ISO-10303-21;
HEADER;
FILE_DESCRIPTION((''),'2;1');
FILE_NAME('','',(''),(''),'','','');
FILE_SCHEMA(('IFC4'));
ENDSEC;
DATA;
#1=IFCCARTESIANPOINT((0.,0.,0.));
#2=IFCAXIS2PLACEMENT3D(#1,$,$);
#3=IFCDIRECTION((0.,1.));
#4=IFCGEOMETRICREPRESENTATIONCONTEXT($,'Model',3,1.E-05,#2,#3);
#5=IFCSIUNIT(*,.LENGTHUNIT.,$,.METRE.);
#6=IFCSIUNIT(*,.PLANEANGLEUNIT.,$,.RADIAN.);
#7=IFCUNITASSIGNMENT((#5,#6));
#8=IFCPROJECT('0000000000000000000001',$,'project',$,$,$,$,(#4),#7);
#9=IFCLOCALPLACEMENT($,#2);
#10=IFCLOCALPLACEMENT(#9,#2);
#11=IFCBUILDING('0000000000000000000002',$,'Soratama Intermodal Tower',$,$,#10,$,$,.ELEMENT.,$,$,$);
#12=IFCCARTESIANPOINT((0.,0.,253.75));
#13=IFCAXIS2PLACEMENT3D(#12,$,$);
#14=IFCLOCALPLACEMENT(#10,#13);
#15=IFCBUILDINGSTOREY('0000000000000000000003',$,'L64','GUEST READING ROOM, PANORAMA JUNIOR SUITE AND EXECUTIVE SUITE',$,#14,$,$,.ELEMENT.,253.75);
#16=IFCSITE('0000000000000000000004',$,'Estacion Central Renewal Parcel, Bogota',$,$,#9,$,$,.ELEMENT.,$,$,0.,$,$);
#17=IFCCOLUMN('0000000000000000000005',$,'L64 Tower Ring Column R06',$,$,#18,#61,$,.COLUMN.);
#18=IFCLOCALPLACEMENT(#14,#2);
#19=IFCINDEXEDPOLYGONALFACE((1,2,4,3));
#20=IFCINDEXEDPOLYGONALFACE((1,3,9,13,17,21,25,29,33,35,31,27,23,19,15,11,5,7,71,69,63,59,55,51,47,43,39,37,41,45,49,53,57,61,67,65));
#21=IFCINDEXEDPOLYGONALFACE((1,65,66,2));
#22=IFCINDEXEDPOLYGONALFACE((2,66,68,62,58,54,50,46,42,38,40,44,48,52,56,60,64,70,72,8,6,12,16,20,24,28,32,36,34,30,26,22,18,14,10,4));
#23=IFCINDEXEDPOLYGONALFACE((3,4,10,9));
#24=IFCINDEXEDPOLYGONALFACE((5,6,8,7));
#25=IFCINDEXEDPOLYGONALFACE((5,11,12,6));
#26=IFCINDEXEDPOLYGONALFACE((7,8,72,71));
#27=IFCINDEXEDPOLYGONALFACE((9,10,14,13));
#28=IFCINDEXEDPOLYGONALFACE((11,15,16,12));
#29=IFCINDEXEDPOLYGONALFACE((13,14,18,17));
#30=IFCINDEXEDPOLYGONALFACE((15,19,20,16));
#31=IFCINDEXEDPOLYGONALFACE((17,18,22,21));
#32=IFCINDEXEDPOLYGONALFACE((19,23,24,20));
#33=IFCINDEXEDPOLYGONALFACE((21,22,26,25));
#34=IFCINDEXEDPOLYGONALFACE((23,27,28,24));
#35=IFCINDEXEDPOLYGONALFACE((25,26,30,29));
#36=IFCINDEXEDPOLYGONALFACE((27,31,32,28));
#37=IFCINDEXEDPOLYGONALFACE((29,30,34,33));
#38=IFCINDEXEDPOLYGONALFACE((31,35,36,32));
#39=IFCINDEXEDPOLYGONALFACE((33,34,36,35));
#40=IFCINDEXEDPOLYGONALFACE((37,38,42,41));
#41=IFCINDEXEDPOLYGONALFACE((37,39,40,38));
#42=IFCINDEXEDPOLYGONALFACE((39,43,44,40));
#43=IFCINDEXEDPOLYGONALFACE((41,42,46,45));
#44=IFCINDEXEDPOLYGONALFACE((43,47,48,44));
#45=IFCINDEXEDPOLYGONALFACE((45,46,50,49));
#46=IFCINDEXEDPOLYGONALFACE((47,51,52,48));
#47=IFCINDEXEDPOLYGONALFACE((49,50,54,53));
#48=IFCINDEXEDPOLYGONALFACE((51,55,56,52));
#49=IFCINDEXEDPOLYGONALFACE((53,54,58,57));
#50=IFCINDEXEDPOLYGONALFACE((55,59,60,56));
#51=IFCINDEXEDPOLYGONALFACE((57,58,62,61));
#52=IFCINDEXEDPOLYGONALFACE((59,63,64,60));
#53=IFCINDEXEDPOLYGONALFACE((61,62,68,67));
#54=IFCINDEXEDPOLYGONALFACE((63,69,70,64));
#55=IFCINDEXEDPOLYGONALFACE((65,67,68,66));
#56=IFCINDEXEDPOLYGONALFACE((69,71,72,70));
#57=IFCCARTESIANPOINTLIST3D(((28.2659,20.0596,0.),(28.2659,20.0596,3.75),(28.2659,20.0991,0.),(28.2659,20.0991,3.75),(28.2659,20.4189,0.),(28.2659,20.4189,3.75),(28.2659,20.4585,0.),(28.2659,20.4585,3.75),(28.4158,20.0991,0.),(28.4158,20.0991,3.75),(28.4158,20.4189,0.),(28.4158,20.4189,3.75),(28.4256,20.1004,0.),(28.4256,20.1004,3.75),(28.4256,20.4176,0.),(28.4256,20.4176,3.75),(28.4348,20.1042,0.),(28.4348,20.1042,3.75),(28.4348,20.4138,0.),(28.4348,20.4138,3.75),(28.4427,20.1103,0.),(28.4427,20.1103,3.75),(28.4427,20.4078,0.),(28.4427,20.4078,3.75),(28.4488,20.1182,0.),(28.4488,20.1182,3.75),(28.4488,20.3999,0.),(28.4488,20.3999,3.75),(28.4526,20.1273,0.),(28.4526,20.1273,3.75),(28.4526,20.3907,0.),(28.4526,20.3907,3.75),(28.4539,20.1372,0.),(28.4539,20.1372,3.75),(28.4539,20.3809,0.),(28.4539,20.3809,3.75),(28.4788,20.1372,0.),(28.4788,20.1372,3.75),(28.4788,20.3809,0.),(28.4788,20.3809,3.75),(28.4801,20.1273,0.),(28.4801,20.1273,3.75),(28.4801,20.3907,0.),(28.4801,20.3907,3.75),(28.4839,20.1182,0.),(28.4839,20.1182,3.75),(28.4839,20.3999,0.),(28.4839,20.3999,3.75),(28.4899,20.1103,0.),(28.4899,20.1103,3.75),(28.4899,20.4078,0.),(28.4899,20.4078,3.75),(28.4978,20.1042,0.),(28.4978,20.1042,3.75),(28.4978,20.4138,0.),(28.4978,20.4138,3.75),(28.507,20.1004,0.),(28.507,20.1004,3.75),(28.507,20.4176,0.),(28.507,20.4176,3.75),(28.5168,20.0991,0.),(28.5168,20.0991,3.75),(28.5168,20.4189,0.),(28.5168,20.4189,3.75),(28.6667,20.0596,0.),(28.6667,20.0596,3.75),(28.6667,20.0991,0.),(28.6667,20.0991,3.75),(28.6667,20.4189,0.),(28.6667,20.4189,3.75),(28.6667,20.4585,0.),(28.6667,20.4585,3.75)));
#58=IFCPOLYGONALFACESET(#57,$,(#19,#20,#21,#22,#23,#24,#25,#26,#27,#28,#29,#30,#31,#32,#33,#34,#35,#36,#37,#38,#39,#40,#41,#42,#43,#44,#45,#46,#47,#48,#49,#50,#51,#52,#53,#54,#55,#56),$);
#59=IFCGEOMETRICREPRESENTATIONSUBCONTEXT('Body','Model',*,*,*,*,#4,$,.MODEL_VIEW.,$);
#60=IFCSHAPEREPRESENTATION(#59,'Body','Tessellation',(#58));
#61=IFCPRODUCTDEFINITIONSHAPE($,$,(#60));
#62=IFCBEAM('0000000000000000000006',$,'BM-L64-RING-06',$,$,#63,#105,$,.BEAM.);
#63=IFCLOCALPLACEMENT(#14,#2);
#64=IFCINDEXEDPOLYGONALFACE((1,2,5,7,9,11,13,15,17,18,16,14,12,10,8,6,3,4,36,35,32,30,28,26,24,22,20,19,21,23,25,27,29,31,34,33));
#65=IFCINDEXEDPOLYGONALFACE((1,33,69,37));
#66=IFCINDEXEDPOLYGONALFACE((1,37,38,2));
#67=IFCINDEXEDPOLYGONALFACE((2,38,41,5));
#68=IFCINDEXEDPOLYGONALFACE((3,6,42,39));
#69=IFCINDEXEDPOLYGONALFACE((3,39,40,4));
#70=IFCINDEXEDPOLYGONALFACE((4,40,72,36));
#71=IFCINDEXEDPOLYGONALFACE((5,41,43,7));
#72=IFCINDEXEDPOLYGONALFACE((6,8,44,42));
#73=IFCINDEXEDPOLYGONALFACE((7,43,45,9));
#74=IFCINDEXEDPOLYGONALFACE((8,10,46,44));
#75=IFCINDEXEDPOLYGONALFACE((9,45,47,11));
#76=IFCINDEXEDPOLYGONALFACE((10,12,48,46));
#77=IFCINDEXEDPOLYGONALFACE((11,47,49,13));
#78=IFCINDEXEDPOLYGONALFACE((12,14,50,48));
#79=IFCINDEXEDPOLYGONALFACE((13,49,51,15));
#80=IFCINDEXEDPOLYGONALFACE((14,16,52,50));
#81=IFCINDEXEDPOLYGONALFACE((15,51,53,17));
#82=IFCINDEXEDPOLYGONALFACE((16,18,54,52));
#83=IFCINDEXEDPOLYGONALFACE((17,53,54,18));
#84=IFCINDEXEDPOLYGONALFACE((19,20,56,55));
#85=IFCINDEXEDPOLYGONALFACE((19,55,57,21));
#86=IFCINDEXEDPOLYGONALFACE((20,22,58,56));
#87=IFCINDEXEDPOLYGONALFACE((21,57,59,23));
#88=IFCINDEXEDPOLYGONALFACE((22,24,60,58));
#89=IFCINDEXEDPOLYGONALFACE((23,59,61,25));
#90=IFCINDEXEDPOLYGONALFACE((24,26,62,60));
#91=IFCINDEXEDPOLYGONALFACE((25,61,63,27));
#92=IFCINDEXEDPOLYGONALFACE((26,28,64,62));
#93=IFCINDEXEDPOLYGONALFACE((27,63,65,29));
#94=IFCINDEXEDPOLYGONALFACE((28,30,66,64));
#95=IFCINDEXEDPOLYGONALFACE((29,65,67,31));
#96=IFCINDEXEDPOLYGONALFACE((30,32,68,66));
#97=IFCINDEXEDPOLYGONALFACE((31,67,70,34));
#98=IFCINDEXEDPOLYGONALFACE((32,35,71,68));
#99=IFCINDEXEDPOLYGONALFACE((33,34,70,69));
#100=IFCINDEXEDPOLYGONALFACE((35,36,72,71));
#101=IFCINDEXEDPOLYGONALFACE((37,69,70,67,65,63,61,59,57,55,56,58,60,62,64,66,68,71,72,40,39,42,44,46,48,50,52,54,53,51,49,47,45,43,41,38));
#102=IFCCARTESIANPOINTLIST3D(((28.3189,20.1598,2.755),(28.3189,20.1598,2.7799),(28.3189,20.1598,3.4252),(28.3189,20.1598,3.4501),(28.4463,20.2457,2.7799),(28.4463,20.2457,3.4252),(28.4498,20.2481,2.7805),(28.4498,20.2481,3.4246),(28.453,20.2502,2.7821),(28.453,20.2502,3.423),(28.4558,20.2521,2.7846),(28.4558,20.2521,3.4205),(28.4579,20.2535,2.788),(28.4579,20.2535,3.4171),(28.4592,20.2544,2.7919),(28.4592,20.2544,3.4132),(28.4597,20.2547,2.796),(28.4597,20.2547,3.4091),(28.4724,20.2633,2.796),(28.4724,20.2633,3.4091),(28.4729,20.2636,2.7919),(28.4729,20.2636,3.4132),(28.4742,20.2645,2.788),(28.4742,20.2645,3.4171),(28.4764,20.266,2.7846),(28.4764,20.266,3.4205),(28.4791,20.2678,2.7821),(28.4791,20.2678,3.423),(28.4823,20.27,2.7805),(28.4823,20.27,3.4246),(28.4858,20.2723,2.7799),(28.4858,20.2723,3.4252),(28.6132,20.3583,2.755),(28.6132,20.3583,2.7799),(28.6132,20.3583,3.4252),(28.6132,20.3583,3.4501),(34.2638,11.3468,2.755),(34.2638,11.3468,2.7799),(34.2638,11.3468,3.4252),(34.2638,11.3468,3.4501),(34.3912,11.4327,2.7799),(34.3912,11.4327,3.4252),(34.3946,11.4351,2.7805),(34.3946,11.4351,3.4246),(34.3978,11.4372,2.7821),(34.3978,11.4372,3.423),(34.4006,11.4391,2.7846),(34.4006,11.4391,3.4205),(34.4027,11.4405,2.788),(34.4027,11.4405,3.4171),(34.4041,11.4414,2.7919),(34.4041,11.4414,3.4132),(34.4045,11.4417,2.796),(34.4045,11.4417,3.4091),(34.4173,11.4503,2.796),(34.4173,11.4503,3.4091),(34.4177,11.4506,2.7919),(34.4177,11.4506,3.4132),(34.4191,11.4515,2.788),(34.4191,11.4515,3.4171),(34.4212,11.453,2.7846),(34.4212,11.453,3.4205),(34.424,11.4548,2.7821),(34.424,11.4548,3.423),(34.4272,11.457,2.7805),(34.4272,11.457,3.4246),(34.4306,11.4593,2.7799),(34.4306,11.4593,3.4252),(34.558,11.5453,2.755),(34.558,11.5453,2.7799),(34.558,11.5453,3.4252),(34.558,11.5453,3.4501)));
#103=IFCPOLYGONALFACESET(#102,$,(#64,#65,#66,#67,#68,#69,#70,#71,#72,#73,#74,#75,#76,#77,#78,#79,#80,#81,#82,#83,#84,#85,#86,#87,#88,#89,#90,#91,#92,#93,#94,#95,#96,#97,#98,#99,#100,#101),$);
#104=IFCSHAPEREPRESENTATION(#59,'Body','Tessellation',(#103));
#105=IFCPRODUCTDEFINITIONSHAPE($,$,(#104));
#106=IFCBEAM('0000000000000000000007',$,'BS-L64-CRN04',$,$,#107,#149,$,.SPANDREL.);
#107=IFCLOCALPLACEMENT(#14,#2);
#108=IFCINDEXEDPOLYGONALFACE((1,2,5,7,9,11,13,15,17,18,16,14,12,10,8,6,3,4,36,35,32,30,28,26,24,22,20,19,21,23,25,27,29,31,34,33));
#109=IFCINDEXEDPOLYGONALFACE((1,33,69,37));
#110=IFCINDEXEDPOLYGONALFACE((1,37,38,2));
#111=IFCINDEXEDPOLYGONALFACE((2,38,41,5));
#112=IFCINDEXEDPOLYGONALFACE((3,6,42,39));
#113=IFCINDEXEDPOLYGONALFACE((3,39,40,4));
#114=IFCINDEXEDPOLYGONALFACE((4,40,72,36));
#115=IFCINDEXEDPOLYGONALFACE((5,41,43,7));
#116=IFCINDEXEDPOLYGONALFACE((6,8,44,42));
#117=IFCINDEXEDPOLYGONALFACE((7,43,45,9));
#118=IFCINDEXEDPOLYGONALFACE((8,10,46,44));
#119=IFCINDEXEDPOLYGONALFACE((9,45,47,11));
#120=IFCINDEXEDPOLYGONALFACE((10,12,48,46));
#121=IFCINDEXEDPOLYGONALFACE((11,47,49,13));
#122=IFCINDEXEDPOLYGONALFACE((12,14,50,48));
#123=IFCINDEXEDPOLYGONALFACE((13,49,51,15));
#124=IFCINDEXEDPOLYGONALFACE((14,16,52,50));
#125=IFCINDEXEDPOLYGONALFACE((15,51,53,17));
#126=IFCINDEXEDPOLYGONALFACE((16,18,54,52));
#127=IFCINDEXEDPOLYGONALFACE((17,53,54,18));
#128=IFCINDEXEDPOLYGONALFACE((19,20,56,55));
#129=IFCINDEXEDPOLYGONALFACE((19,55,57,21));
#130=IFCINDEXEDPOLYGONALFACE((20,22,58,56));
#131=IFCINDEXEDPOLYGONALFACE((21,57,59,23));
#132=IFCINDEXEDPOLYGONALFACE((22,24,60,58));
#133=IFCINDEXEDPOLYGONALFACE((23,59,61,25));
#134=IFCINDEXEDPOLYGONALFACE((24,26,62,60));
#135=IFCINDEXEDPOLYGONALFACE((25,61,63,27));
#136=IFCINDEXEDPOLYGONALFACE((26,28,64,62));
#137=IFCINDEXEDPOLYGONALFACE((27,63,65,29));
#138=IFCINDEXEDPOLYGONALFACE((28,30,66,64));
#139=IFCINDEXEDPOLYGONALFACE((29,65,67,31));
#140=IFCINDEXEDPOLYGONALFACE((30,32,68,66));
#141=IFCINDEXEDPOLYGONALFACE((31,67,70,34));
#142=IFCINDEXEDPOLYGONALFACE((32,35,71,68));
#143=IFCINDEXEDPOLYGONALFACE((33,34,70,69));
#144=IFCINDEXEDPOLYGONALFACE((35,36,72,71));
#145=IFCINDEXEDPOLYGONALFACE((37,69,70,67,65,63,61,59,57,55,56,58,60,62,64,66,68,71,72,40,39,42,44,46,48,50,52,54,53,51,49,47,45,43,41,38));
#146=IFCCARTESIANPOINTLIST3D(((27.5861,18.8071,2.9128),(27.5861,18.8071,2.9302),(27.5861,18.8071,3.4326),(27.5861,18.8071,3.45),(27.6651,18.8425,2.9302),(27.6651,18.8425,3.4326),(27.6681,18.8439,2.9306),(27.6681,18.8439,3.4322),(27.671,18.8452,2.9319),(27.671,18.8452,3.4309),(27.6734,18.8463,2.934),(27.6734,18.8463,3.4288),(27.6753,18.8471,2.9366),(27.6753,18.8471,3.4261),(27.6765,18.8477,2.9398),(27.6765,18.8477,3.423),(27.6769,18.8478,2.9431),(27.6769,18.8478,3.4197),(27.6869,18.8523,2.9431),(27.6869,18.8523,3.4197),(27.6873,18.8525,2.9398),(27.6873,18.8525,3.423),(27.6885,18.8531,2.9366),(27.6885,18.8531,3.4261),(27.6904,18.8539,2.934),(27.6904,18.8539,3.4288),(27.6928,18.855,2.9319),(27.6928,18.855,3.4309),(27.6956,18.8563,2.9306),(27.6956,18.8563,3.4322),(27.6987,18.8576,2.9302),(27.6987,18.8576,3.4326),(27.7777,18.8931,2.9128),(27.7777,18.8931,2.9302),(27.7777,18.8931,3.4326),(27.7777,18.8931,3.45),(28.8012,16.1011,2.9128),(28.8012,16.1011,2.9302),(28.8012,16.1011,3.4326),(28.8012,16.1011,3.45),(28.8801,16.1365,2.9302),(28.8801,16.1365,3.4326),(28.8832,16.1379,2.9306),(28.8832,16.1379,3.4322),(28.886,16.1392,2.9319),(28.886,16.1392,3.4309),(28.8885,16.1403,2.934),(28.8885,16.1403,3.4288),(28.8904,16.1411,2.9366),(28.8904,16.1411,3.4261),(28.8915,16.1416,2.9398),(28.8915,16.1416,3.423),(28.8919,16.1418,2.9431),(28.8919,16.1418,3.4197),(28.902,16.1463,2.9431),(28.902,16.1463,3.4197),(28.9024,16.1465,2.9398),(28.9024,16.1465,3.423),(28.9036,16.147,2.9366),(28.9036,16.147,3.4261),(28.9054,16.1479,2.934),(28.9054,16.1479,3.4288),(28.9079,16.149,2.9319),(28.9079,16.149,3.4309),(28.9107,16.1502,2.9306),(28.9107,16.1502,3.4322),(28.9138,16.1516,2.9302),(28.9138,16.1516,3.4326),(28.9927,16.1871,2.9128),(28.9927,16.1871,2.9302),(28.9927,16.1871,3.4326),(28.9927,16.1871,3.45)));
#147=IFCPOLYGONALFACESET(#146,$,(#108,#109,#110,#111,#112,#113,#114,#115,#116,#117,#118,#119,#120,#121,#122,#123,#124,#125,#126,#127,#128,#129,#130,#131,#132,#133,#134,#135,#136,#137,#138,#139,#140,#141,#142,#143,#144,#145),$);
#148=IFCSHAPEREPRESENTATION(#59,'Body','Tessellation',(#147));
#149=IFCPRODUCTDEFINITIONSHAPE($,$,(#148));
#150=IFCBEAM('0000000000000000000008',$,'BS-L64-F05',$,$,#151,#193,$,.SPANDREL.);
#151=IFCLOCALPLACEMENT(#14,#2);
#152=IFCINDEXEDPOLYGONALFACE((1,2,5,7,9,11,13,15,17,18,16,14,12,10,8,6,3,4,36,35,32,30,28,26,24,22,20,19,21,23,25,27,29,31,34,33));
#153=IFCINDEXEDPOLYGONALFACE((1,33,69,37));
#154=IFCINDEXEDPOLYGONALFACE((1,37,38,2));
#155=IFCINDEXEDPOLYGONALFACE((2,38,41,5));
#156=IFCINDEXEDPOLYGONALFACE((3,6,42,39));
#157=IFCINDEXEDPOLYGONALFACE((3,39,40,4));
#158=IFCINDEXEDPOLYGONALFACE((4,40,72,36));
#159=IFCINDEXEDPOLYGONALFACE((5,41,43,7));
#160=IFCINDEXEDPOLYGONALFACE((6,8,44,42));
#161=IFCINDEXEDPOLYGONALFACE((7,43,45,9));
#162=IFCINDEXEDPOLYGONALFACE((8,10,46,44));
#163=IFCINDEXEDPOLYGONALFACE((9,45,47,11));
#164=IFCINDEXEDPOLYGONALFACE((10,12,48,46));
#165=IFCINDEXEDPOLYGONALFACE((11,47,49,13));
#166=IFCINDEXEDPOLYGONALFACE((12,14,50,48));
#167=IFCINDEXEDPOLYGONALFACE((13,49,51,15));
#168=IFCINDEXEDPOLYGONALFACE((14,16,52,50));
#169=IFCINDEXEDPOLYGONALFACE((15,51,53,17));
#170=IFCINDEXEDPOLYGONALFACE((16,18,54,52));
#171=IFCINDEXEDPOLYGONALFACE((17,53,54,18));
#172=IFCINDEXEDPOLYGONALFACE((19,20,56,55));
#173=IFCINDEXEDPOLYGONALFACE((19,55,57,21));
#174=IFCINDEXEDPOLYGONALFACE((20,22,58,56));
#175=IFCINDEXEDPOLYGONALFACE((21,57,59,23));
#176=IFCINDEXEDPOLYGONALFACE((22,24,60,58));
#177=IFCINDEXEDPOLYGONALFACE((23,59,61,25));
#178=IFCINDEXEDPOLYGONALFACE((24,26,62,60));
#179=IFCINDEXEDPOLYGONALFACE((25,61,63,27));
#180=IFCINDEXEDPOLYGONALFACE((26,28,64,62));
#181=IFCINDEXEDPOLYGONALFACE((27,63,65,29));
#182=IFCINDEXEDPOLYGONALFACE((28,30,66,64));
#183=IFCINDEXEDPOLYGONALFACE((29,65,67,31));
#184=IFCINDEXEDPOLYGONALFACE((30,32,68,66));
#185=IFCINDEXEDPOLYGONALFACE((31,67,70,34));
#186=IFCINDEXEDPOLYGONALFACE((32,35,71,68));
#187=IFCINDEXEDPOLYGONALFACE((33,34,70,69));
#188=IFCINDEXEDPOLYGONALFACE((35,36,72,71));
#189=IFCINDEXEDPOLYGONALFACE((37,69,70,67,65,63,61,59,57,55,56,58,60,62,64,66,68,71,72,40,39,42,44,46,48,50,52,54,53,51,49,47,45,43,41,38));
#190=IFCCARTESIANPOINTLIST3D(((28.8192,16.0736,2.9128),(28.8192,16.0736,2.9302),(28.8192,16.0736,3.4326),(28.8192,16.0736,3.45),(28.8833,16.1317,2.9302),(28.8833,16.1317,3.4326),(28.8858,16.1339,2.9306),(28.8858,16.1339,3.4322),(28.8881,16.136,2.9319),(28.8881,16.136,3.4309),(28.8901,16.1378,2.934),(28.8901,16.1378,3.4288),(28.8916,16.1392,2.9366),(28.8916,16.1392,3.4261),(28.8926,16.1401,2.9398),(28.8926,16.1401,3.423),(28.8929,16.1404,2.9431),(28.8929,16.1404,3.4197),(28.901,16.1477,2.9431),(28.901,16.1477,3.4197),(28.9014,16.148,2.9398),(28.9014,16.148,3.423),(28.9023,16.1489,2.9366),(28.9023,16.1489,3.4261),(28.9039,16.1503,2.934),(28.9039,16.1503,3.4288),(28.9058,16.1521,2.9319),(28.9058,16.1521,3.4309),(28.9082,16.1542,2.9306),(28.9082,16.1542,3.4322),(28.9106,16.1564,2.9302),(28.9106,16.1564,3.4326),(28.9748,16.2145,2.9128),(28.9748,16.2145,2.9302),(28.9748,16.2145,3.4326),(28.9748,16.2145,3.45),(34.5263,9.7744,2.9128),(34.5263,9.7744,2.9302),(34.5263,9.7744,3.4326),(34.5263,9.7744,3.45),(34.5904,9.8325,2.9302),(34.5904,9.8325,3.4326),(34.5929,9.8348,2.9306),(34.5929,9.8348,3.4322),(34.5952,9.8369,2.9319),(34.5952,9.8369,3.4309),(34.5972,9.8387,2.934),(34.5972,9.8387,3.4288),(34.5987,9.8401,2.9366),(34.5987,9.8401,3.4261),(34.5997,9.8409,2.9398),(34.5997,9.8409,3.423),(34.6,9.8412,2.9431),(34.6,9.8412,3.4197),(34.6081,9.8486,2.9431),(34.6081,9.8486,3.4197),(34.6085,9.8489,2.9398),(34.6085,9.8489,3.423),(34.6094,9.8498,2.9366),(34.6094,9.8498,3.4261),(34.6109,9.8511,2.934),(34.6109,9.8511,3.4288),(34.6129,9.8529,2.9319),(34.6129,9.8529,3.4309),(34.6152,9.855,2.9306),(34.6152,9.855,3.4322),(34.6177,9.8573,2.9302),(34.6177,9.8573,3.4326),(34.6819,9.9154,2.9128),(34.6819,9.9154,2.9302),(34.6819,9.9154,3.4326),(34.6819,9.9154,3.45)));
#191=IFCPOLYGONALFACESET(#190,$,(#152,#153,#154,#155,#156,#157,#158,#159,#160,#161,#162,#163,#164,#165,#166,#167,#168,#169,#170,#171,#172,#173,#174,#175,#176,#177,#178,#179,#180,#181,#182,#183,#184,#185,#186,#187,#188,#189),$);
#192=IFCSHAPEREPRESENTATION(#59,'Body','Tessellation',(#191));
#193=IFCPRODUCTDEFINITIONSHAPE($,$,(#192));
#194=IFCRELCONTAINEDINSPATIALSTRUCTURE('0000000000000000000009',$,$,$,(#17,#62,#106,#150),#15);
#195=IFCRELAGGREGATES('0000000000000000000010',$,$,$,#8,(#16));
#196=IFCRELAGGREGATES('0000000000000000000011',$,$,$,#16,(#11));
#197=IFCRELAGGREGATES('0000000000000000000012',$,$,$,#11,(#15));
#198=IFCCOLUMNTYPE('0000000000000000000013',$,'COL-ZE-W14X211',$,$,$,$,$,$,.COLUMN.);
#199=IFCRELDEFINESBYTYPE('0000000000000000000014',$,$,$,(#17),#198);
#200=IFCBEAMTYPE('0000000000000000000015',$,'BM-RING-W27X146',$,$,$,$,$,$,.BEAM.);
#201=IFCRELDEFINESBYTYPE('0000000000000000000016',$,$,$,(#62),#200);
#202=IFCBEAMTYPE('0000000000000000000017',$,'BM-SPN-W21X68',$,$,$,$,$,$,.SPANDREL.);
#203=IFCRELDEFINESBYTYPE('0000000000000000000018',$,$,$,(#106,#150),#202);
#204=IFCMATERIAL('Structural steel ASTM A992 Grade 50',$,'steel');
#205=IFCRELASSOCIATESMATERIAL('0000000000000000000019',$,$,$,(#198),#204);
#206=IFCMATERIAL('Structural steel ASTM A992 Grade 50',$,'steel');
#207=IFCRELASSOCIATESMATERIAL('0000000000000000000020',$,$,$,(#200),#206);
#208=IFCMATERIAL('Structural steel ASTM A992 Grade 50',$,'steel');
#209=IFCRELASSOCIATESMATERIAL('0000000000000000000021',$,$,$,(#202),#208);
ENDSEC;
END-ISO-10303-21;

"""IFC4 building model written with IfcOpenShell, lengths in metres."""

from ifc_helpers import new_model, si_unit, direction, frame, origin, origin_2d, place, context, subcontext, project, spatial, i_section, extrude, material, material_profile, profile_set, type_object, element, save


model = new_model("IFC4")

# Units and contexts
model_context = context("Model", 3, precision=1e-05, world=origin(), true_north=direction((0.0, 1.0)))
body_context = subcontext(model_context, "Body", "Model", "MODEL_VIEW")
ifc_project = project(units=[si_unit("LENGTHUNIT", "METRE"), si_unit("PLANEANGLEUNIT", "RADIAN")], contexts=[model_context])

# Site, building, storey
site_placement = place(None, origin())
site = spatial("IfcSite", under=ifc_project, at=site_placement, Name="Estacion Central Renewal Parcel, Bogota", CompositionType="ELEMENT", RefElevation=0.0)
building_placement = place(site_placement, origin())
building = spatial("IfcBuilding", under=site, at=building_placement, Name="Soratama Intermodal Tower", CompositionType="ELEMENT")
storey_placement = place(building_placement, frame((0.0, 0.0, 253.75)))
storey = spatial("IfcBuildingStorey", under=building, at=storey_placement, Name="L64", Description="GUEST READING ROOM, PANORAMA JUNIOR SUITE AND EXECUTIVE SUITE", CompositionType="ELEMENT", Elevation=253.75)

# Column
ifc_material_1 = material(Name="Structural steel ASTM A992 Grade 50", Category="steel")
ifc_material_profile_1 = material_profile(ifc_material_1, i_section(OverallWidth=0.4009, OverallDepth=0.3989, WebThickness=0.0249, FlangeThickness=0.0396, FilletRadius=0.0381, at=origin_2d()), Name="W14X211")
ifc_profile_set_1 = profile_set([ifc_material_profile_1], Name="Structural steel ASTM A992 Grade 50")
column_type = type_object("IfcColumnType", Name="COL-ZE-W14X211", PredefinedType="COLUMN", material=ifc_profile_set_1)
column_placement = place(storey_placement, frame((28.4663, 20.259, 0.0), z_axis=(0.0, 0.0, 1.0), x_axis=(1.0, 0.0, 0.0)))
element("IfcColumn", 1, at=column_placement, inside=storey, type_object=column_type, Name="L64 Tower Ring Column R06", PredefinedType="COLUMN", context=body_context, shape_type="SweptSolid", body=[
    extrude(i_section(OverallWidth=0.4009, OverallDepth=0.3989, WebThickness=0.0249, FlangeThickness=0.0396, FilletRadius=0.0381, at=origin_2d()), origin(), (0.0, 0.0, 1.0), 3.75),
])

# Beams
ifc_material_2 = material(Name="Structural steel ASTM A992 Grade 50", Category="steel")
ifc_material_profile_2 = material_profile(ifc_material_2, i_section(OverallWidth=0.355, OverallDepth=0.6951, WebThickness=0.0154, FlangeThickness=0.0249, FilletRadius=0.0161, at=origin_2d()), Name="W27X146")
ifc_profile_set_2 = profile_set([ifc_material_profile_2], Name="Structural steel ASTM A992 Grade 50")
beam_type_1 = type_object("IfcBeamType", Name="BM-RING-W27X146", PredefinedType="BEAM", material=ifc_profile_set_2)
beam_1_placement = place(storey_placement, frame((28.4661, 20.259, 3.1025), z_axis=(0.559218, -0.829021, 0.0), x_axis=(0.829021, 0.559218, 0.0)))
element("IfcBeam", 2, at=beam_1_placement, inside=storey, type_object=beam_type_1, Name="BM-L64-RING-06", PredefinedType="BEAM", context=body_context, shape_type="SweptSolid", body=[
    extrude(i_section(OverallWidth=0.355, OverallDepth=0.6951, WebThickness=0.0154, FlangeThickness=0.0249, FilletRadius=0.0161, at=origin_2d()), origin(), (0.0, 0.0, 1.0), 10.6306),
])
ifc_material_3 = material(Name="Structural steel ASTM A992 Grade 50", Category="steel")
ifc_material_profile_3 = material_profile(ifc_material_3, i_section(OverallWidth=0.21, OverallDepth=0.5371, WebThickness=0.011, FlangeThickness=0.0173, FilletRadius=0.0129, at=origin_2d()), Name="W21X68")
ifc_profile_set_3 = profile_set([ifc_material_profile_3], Name="Structural steel ASTM A992 Grade 50")
beam_type_2 = type_object("IfcBeamType", Name="BM-SPN-W21X68", PredefinedType="SPANDREL", material=ifc_profile_set_3)
beam_2_placement = place(storey_placement, frame((27.6819, 18.8501, 3.1814), z_axis=(0.409625, -0.912254, 0.0), x_axis=(0.912254, 0.409625, 0.0)))
element("IfcBeam", 3, at=beam_2_placement, inside=storey, type_object=beam_type_2, Name="BS-L64-CRN04", PredefinedType="SPANDREL", context=body_context, shape_type="SweptSolid", body=[
    extrude(i_section(OverallWidth=0.21, OverallDepth=0.5371, WebThickness=0.011, FlangeThickness=0.0173, FilletRadius=0.0129, at=origin_2d()), origin(), (0.0, 0.0, 1.0), 2.9663),
])
beam_3_placement = place(storey_placement, frame((28.897, 16.144, 3.1814), z_axis=(0.671422, -0.741075, 0.0), x_axis=(0.741075, 0.671422, 0.0)))
element("IfcBeam", 4, at=beam_3_placement, inside=storey, type_object=beam_type_2, Name="BS-L64-F05", PredefinedType="SPANDREL", context=body_context, shape_type="SweptSolid", body=[
    extrude(i_section(OverallWidth=0.21, OverallDepth=0.5371, WebThickness=0.011, FlangeThickness=0.0173, FilletRadius=0.0129, at=origin_2d()), origin(), (0.0, 0.0, 1.0), 8.5),
])

save(model, "model.ifc")
